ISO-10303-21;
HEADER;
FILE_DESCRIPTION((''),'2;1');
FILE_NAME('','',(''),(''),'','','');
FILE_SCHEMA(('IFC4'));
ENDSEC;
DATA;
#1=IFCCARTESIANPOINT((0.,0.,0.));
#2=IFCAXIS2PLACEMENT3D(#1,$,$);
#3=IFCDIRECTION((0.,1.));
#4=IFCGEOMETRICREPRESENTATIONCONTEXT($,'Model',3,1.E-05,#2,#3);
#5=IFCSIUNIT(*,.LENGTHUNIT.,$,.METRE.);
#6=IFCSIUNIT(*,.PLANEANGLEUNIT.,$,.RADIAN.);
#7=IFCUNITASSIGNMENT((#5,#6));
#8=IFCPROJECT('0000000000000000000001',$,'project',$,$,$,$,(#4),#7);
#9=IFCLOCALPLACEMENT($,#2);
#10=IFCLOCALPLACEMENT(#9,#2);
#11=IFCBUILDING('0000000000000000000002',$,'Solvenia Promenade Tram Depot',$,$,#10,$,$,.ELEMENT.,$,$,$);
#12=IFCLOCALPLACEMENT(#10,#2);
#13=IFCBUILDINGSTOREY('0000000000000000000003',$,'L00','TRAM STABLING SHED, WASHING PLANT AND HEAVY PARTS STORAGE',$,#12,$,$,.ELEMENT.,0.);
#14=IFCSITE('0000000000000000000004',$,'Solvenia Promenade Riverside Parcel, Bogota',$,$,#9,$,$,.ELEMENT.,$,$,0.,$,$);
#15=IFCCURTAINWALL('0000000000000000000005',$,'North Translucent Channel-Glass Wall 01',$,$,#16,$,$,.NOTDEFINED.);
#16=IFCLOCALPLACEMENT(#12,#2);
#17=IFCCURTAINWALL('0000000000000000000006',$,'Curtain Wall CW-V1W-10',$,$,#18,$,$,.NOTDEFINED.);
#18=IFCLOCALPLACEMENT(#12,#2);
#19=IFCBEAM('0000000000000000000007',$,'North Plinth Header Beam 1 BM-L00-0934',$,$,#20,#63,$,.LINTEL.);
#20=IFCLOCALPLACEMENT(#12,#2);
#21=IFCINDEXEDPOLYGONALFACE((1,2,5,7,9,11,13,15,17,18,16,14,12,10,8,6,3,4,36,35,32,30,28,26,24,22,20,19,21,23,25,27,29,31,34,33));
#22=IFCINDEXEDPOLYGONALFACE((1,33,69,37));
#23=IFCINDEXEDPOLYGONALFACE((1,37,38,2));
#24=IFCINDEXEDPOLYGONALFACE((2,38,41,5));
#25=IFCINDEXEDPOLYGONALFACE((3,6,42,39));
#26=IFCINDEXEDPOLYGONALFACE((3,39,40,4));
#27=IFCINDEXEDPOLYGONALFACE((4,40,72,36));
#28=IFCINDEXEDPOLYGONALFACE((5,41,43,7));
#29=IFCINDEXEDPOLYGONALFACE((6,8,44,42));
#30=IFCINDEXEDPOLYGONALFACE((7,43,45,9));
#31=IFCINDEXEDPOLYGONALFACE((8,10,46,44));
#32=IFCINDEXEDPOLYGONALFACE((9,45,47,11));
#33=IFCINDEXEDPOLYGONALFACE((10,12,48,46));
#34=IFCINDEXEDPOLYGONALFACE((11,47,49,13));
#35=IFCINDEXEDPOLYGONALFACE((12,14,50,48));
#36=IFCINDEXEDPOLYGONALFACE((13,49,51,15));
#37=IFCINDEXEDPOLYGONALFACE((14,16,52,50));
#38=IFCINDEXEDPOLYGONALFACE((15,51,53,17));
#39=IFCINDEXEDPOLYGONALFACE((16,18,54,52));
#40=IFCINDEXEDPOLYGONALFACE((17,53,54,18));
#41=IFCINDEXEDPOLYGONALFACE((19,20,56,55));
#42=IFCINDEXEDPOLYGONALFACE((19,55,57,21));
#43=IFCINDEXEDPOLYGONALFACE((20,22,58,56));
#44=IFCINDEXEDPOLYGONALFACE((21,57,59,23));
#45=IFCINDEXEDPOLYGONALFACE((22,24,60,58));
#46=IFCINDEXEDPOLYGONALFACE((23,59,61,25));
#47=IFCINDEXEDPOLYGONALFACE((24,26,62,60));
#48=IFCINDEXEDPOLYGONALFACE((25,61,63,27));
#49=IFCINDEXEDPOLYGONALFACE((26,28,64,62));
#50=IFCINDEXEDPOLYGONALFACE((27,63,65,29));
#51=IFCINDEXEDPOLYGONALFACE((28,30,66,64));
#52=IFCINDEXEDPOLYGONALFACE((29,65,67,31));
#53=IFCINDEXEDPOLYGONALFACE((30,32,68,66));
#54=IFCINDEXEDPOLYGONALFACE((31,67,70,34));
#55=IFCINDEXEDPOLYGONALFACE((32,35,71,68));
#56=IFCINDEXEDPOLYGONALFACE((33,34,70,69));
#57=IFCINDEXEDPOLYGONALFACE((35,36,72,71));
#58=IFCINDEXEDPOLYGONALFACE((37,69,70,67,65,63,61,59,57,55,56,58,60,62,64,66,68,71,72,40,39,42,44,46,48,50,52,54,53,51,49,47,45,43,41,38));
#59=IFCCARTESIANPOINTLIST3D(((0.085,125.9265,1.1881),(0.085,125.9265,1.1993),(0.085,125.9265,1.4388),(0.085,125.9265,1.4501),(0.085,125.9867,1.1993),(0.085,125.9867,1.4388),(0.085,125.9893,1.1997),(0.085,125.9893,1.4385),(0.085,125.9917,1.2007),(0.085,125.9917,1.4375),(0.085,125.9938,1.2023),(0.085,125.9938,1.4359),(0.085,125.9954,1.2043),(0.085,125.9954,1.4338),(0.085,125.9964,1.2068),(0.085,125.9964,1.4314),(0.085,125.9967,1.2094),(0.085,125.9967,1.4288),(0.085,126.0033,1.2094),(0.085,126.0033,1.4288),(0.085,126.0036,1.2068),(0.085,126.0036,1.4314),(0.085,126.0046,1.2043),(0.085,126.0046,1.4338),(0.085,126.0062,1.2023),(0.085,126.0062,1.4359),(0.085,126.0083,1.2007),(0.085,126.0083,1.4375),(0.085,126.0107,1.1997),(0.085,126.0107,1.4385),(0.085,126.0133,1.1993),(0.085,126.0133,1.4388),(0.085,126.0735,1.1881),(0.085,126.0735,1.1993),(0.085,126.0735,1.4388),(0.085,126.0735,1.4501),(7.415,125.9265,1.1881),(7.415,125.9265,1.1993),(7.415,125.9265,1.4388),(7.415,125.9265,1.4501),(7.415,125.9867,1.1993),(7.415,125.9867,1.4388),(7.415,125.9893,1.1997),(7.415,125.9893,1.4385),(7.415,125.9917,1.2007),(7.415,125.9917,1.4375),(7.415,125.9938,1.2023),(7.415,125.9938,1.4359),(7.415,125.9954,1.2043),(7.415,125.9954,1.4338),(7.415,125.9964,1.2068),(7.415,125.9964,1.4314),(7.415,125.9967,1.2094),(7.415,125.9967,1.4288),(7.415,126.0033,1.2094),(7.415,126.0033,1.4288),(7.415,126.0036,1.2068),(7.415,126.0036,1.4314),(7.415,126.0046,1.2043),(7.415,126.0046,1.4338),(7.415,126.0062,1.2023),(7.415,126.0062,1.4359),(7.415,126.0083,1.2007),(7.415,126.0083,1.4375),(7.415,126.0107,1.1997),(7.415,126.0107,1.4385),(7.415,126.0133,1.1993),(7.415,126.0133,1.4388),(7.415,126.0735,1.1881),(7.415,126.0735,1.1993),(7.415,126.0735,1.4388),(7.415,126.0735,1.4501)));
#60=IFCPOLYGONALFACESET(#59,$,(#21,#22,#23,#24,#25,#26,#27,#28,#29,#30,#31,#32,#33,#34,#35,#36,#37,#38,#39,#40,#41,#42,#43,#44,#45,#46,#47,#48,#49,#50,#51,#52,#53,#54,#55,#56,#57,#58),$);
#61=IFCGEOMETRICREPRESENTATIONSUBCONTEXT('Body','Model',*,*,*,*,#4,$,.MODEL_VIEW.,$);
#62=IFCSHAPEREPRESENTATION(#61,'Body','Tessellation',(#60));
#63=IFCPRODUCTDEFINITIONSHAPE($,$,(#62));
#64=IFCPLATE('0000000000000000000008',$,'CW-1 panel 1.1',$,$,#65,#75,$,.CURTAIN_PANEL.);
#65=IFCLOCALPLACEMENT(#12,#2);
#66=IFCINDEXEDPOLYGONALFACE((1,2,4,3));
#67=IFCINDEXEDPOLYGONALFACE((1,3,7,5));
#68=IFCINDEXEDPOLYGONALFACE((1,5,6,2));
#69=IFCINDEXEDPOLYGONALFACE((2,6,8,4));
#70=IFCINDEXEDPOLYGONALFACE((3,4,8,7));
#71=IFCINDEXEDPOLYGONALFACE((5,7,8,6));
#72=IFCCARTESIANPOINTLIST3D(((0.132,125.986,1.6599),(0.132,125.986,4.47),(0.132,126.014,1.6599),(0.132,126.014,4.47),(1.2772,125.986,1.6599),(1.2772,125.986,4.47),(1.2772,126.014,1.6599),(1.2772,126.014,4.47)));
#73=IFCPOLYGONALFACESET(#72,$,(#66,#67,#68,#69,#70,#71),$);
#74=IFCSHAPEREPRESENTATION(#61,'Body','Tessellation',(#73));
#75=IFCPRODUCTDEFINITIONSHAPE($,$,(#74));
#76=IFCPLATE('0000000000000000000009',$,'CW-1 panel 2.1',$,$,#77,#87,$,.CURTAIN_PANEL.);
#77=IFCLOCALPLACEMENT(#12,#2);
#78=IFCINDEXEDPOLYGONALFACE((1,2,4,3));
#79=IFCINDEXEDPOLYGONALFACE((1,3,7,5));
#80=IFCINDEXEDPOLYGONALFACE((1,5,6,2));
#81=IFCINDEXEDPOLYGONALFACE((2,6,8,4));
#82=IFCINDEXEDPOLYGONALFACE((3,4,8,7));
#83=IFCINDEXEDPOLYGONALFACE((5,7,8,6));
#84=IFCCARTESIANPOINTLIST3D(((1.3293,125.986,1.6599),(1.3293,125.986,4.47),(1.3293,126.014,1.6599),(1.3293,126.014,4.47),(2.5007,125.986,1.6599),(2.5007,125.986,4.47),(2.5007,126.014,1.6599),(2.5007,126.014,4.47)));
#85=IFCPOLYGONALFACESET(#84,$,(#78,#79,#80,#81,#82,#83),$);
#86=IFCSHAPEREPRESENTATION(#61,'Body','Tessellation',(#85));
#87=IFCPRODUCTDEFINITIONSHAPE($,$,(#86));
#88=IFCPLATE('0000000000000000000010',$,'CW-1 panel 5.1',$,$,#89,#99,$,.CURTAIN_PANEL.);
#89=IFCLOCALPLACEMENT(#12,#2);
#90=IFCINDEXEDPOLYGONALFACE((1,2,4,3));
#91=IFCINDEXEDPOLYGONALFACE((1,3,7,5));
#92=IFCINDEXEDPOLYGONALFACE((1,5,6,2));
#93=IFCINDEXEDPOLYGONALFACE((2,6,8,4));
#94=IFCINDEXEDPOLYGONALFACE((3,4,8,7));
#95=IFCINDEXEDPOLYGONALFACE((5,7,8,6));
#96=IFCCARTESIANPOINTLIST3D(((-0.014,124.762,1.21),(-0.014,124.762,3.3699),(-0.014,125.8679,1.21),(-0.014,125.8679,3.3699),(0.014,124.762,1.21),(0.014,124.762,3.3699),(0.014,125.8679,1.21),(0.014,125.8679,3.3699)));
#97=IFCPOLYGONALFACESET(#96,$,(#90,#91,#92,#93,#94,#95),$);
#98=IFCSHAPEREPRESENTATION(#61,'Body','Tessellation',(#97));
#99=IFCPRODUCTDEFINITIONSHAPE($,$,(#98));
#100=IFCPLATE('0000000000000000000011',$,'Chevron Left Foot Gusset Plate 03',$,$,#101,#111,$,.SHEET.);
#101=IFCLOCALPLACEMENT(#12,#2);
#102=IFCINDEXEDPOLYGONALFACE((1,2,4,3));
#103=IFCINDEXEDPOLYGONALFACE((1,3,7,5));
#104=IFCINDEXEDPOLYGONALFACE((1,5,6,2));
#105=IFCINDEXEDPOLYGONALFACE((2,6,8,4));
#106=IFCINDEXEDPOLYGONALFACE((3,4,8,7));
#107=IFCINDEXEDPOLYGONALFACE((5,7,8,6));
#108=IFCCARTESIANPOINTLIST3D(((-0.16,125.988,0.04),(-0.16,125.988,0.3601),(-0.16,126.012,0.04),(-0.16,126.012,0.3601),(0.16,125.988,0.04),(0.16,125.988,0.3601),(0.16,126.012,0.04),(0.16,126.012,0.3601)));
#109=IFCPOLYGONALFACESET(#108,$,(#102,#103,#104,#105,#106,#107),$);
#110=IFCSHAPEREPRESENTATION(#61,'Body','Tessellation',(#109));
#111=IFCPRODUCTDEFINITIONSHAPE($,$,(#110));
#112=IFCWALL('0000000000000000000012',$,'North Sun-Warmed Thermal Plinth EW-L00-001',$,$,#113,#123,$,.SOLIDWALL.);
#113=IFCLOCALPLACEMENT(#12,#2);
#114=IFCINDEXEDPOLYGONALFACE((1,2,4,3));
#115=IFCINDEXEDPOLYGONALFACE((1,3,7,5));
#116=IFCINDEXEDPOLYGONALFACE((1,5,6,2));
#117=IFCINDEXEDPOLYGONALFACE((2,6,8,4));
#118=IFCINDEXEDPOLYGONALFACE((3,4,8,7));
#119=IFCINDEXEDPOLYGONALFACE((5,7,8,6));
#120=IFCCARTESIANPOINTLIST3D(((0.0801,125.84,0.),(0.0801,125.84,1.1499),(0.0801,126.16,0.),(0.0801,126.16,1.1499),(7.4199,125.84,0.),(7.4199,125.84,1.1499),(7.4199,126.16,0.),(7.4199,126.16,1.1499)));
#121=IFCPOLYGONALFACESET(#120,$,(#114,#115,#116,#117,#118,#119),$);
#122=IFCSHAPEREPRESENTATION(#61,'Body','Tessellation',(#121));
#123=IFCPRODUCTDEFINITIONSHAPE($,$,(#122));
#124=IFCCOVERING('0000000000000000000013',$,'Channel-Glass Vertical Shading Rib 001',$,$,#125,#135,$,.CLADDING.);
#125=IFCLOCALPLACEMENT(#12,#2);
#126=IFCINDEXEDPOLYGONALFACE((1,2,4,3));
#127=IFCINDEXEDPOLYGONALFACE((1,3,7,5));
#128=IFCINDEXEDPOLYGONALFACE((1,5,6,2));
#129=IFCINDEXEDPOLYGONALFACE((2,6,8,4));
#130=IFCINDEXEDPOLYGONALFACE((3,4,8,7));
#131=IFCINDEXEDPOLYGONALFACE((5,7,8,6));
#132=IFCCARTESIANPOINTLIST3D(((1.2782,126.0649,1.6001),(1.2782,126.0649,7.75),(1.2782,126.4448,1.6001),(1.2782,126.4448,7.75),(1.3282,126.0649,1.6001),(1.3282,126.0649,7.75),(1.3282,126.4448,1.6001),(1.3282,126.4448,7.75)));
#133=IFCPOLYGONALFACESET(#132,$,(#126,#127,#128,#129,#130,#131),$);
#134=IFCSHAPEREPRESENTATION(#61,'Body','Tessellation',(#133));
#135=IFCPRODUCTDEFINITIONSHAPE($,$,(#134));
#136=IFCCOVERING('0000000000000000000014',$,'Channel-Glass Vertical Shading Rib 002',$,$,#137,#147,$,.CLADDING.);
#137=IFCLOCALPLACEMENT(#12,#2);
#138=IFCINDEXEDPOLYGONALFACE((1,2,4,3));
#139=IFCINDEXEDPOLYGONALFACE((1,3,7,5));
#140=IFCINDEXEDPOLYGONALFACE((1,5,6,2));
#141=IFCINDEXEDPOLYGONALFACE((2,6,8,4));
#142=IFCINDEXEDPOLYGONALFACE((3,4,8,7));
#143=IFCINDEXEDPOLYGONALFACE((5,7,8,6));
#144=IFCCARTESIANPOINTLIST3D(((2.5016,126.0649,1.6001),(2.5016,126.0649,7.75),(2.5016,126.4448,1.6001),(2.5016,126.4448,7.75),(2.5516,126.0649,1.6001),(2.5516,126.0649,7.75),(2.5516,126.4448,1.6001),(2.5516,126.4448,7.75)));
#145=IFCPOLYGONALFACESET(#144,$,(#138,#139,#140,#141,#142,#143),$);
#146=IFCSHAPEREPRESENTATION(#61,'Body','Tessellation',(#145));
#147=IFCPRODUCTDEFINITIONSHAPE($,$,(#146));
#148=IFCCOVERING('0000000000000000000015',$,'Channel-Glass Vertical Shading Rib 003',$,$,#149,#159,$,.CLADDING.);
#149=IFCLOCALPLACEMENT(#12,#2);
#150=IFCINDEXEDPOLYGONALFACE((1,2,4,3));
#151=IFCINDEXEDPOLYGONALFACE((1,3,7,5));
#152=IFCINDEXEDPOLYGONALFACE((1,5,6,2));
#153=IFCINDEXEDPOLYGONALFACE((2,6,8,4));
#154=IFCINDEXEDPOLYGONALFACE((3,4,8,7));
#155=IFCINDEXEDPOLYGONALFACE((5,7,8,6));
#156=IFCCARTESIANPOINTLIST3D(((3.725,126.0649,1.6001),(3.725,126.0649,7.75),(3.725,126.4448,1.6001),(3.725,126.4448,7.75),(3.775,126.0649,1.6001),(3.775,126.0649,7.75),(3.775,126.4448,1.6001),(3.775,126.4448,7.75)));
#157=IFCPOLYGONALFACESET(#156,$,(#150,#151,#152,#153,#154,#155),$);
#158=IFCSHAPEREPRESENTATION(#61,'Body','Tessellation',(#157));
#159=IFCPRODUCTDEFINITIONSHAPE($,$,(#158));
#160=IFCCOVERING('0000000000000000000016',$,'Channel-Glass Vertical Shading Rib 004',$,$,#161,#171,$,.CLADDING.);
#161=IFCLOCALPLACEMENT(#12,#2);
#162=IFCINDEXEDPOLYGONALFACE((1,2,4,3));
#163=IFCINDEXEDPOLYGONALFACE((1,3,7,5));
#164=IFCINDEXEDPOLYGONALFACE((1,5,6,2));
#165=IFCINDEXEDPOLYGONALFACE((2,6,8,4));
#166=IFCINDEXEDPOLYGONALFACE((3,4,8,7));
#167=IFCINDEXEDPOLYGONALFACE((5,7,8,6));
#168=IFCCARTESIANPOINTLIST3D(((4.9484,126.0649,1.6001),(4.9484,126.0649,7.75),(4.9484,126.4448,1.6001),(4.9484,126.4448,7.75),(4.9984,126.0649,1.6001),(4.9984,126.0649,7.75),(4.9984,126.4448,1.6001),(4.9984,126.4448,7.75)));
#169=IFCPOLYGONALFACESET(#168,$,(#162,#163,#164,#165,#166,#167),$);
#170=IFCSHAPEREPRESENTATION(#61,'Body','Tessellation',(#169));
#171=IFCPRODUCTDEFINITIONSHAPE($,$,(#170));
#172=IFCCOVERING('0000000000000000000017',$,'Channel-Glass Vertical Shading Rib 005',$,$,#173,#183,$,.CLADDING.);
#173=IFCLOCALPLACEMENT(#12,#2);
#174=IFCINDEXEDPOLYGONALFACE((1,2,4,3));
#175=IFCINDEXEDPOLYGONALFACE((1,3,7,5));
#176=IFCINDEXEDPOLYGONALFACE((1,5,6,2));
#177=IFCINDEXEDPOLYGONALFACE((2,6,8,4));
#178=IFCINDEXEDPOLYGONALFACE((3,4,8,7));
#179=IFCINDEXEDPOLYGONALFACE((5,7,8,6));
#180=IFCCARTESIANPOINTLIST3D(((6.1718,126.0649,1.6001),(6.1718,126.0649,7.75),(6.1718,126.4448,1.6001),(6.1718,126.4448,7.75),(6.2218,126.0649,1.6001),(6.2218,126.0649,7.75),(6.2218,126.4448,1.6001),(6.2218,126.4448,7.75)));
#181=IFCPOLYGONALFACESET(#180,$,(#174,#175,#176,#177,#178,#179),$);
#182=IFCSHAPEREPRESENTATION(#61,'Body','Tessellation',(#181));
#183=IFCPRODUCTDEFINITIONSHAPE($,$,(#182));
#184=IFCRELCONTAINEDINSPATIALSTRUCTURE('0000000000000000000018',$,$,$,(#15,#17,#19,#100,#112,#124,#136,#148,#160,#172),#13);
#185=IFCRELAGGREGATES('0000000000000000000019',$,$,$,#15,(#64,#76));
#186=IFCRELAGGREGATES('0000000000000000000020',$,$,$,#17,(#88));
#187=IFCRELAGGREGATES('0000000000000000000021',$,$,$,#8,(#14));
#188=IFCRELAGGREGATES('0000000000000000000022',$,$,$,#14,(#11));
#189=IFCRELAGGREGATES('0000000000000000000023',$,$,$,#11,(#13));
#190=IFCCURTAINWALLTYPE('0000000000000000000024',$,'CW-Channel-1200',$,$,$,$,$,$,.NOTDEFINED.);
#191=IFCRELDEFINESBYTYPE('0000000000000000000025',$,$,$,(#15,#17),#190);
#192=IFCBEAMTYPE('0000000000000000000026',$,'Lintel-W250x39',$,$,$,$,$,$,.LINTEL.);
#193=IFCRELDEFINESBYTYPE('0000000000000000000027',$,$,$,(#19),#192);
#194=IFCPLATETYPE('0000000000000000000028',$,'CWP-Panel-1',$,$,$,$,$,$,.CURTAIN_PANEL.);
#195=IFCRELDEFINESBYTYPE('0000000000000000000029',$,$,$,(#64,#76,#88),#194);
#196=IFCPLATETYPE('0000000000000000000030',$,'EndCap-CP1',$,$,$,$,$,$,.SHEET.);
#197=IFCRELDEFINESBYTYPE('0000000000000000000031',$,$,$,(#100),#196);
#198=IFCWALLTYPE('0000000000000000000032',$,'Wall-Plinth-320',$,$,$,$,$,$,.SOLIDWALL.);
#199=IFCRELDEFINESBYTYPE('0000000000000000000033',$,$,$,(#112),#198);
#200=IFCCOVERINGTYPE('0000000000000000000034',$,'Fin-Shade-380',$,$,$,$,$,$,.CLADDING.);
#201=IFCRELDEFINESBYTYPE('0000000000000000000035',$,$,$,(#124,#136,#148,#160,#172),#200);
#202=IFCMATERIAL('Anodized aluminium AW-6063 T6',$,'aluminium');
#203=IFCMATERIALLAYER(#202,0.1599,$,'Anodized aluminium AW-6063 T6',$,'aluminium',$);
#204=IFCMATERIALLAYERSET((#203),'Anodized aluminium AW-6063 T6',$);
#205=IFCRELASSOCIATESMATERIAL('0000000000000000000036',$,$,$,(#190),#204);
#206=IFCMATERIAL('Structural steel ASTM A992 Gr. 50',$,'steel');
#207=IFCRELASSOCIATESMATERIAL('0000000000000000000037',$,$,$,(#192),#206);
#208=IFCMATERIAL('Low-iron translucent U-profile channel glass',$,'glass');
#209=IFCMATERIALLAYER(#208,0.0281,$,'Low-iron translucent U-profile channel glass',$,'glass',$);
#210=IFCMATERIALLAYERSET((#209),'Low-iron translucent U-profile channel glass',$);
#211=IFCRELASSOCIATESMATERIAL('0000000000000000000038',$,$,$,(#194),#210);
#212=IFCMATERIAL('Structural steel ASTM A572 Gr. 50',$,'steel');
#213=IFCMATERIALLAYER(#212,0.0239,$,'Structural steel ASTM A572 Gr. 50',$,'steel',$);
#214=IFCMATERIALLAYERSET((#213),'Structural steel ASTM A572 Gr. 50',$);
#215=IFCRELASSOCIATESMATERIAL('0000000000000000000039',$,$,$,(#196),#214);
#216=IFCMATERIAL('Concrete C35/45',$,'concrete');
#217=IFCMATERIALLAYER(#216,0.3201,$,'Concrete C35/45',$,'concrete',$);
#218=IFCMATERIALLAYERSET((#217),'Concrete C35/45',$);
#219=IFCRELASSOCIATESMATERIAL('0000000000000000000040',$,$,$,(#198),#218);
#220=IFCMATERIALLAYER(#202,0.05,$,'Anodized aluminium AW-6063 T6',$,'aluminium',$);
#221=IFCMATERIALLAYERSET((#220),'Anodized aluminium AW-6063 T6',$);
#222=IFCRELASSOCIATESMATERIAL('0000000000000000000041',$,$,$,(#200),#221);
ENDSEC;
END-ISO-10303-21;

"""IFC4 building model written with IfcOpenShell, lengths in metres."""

from ifc_helpers import new_model, si_unit, direction, frame, frame_2d, origin, origin_2d, place, context, subcontext, project, spatial, rectangle, i_section, extrude, material, layer, layer_set, material_profile, profile_set, type_object, element, aggregate, save


model = new_model("IFC4")

# Units and contexts
model_context = context("Model", 3, precision=1e-05, world=origin(), true_north=direction((0.0, 1.0)))
body_context = subcontext(model_context, "Body", "Model", "MODEL_VIEW")
ifc_project = project(units=[si_unit("LENGTHUNIT", "METRE"), si_unit("PLANEANGLEUNIT", "RADIAN")], contexts=[model_context])

# Site, building, storey
site_placement = place(None, origin())
site = spatial("IfcSite", under=ifc_project, at=site_placement, Name="Solvenia Promenade Riverside Parcel, Bogota", CompositionType="ELEMENT", RefElevation=0.0)
building_placement = place(site_placement, origin())
building = spatial("IfcBuilding", under=site, at=building_placement, Name="Solvenia Promenade Tram Depot", CompositionType="ELEMENT")
storey_placement = place(building_placement, origin())
storey = spatial("IfcBuildingStorey", under=building, at=storey_placement, Name="L00", Description="TRAM STABLING SHED, WASHING PLANT AND HEAVY PARTS STORAGE", CompositionType="ELEMENT", Elevation=0.0)

# Shared definitions
ifc_material_1 = material(Name="Structural steel ASTM A992 Gr. 50", Category="steel")

# Curtain walls
ifc_material_2 = material(Name="Anodized aluminium AW-6063 T6", Category="aluminium")
ifc_layer_1 = layer(ifc_material_2, 0.1599, Name="Anodized aluminium AW-6063 T6", Category="aluminium")
ifc_layer_set_1 = layer_set([ifc_layer_1], Name="Anodized aluminium AW-6063 T6")
curtain_wall_type = type_object("IfcCurtainWallType", Name="CW-Channel-1200", PredefinedType="NOTDEFINED", material=ifc_layer_set_1)
curtain_wall_1_placement = place(storey_placement, origin())
curtain_wall_1 = element("IfcCurtainWall", 1, at=curtain_wall_1_placement, inside=storey, type_object=curtain_wall_type, Name="North Translucent Channel-Glass Wall 01", PredefinedType="NOTDEFINED")
curtain_wall_2_placement = place(storey_placement, origin())
curtain_wall_2 = element("IfcCurtainWall", 2, at=curtain_wall_2_placement, inside=storey, type_object=curtain_wall_type, Name="Curtain Wall CW-V1W-10", PredefinedType="NOTDEFINED")

# Beam
ifc_material_profile_1 = material_profile(ifc_material_1, i_section(OverallWidth=0.147, OverallDepth=0.262, WebThickness=0.0066, FlangeThickness=0.0112, FilletRadius=0.01, at=origin_2d()), Name="W250x39", Category="steel")
ifc_profile_set_1 = profile_set([ifc_material_profile_1], Name="Structural steel ASTM A992 Gr. 50")
beam_type = type_object("IfcBeamType", Name="Lintel-W250x39", PredefinedType="LINTEL", material=ifc_profile_set_1)
beam_placement = place(storey_placement, frame((0.085, 126.0, 1.3191), z_axis=(1.0, 0.0, 0.0), x_axis=(0.0, 1.0, 0.0)))
element("IfcBeam", 3, at=beam_placement, inside=storey, type_object=beam_type, Name="North Plinth Header Beam 1 BM-L00-0934", PredefinedType="LINTEL", context=body_context, shape_type="SweptSolid", body=[
    extrude(i_section(OverallWidth=0.147, OverallDepth=0.262, WebThickness=0.0066, FlangeThickness=0.0112, FilletRadius=0.01, at=origin_2d()), origin(), (0.0, 0.0, 1.0), 7.3301),
])

# Plates
ifc_material_3 = material(Name="Low-iron translucent U-profile channel glass", Category="glass")
ifc_layer_2 = layer(ifc_material_3, 0.0281, Name="Low-iron translucent U-profile channel glass", Category="glass")
ifc_layer_set_2 = layer_set([ifc_layer_2], Name="Low-iron translucent U-profile channel glass")
plate_type_1 = type_object("IfcPlateType", Name="CWP-Panel-1", PredefinedType="CURTAIN_PANEL", material=ifc_layer_set_2)
plate_1_placement = place(storey_placement, frame((0.7046, 126.0, 1.6599), z_axis=(0.0, 0.0, 1.0), x_axis=(1.0, 0.0, 0.0)))
plate_1 = element("IfcPlate", 4, at=plate_1_placement, type_object=plate_type_1, Name="CW-1 panel 1.1", PredefinedType="CURTAIN_PANEL", context=body_context, shape_type="SweptSolid", body=[
    extrude(rectangle(XDim=1.1453, YDim=0.0281, at=origin_2d()), origin(), (0.0, 0.0, 1.0), 2.8101),
])
plate_2_placement = place(storey_placement, frame((1.915, 126.0, 1.6599), z_axis=(0.0, 0.0, 1.0), x_axis=(1.0, 0.0, 0.0)))
plate_2 = element("IfcPlate", 5, at=plate_2_placement, type_object=plate_type_1, Name="CW-1 panel 2.1", PredefinedType="CURTAIN_PANEL", context=body_context, shape_type="SweptSolid", body=[
    extrude(rectangle(XDim=1.1714, YDim=0.0281, at=origin_2d()), origin(), (0.0, 0.0, 1.0), 2.8101),
])
aggregate(curtain_wall_1, [plate_1, plate_2])
plate_3_placement = place(storey_placement, frame((0.0, 125.3149, 1.21), z_axis=(0.0, 0.0, 1.0), x_axis=(0.0, 1.0, 0.0)))
plate_3 = element("IfcPlate", 6, at=plate_3_placement, type_object=plate_type_1, Name="CW-1 panel 5.1", PredefinedType="CURTAIN_PANEL", context=body_context, shape_type="SweptSolid", body=[
    extrude(rectangle(XDim=1.106, YDim=0.0281, at=origin_2d()), origin(), (0.0, 0.0, 1.0), 2.1599),
])
aggregate(curtain_wall_2, [plate_3])
ifc_material_4 = material(Name="Structural steel ASTM A572 Gr. 50", Category="steel")
ifc_layer_3 = layer(ifc_material_4, 0.0239, Name="Structural steel ASTM A572 Gr. 50", Category="steel")
ifc_layer_set_3 = layer_set([ifc_layer_3], Name="Structural steel ASTM A572 Gr. 50")
plate_type_2 = type_object("IfcPlateType", Name="EndCap-CP1", PredefinedType="SHEET", material=ifc_layer_set_3)
plate_4_placement = place(storey_placement, frame((0.0, 126.0, 0.04), z_axis=(0.0, 0.0, 1.0), x_axis=(1.0, 0.0, 0.0)))
element("IfcPlate", 7, at=plate_4_placement, inside=storey, type_object=plate_type_2, Name="Chevron Left Foot Gusset Plate 03", PredefinedType="SHEET", context=body_context, shape_type="SweptSolid", body=[
    extrude(rectangle(XDim=0.3201, YDim=0.0239, at=origin_2d()), origin(), (0.0, 0.0, 1.0), 0.3201),
])

# Wall
ifc_material_5 = material(Name="Concrete C35/45", Category="concrete")
ifc_layer_4 = layer(ifc_material_5, 0.3201, Name="Concrete C35/45", Category="concrete")
ifc_layer_set_4 = layer_set([ifc_layer_4], Name="Concrete C35/45")
wall_type = type_object("IfcWallType", Name="Wall-Plinth-320", PredefinedType="SOLIDWALL", material=ifc_layer_set_4)
wall_placement = place(storey_placement, frame((0.0801, 126.0, 0.0), z_axis=(0.0, 0.0, 1.0), x_axis=(1.0, 0.0, 0.0)))
element("IfcWall", 8, at=wall_placement, inside=storey, type_object=wall_type, Name="North Sun-Warmed Thermal Plinth EW-L00-001", PredefinedType="SOLIDWALL", context=body_context, shape_type="SweptSolid", body=[
    extrude(rectangle(XDim=7.3398, YDim=0.3201, at=frame_2d((3.6699, 0.0))), origin(), (0.0, 0.0, 1.0), 1.1499),
])

# Coverings
ifc_layer_5 = layer(ifc_material_2, 0.05, Name="Anodized aluminium AW-6063 T6", Category="aluminium")
ifc_layer_set_5 = layer_set([ifc_layer_5], Name="Anodized aluminium AW-6063 T6")
covering_type = type_object("IfcCoveringType", Name="Fin-Shade-380", PredefinedType="CLADDING", material=ifc_layer_set_5)
for number, where, z_axis, x_axis, name in (
    (9, (1.3032, 126.2549, 1.6001), (0.0, 0.0, 1.0), (1.0, 0.0, 0.0), "Channel-Glass Vertical Shading Rib 001"),
    (10, (2.5266, 126.2549, 1.6001), (0.0, 0.0, 1.0), (1.0, 0.0, 0.0), "Channel-Glass Vertical Shading Rib 002"),
    (11, (3.75, 126.2549, 1.6001), (0.0, 0.0, 1.0), (1.0, 0.0, 0.0), "Channel-Glass Vertical Shading Rib 003"),
    (12, (4.9734, 126.2549, 1.6001), (0.0, 0.0, 1.0), (1.0, 0.0, 0.0), "Channel-Glass Vertical Shading Rib 004"),
    (13, (6.1968, 126.2549, 1.6001), (0.0, 0.0, 1.0), (1.0, 0.0, 0.0), "Channel-Glass Vertical Shading Rib 005"),
):
    element("IfcCovering", number, at=place(storey_placement, frame(where, z_axis=z_axis, x_axis=x_axis)), inside=storey, type_object=covering_type, Name=name, PredefinedType="CLADDING", context=body_context, shape_type="SweptSolid", body=[
        extrude(rectangle(XDim=0.05, YDim=0.3799, at=origin_2d()), origin(), (0.0, 0.0, 1.0), 6.1499),
    ])

save(model, "model.ifc")
